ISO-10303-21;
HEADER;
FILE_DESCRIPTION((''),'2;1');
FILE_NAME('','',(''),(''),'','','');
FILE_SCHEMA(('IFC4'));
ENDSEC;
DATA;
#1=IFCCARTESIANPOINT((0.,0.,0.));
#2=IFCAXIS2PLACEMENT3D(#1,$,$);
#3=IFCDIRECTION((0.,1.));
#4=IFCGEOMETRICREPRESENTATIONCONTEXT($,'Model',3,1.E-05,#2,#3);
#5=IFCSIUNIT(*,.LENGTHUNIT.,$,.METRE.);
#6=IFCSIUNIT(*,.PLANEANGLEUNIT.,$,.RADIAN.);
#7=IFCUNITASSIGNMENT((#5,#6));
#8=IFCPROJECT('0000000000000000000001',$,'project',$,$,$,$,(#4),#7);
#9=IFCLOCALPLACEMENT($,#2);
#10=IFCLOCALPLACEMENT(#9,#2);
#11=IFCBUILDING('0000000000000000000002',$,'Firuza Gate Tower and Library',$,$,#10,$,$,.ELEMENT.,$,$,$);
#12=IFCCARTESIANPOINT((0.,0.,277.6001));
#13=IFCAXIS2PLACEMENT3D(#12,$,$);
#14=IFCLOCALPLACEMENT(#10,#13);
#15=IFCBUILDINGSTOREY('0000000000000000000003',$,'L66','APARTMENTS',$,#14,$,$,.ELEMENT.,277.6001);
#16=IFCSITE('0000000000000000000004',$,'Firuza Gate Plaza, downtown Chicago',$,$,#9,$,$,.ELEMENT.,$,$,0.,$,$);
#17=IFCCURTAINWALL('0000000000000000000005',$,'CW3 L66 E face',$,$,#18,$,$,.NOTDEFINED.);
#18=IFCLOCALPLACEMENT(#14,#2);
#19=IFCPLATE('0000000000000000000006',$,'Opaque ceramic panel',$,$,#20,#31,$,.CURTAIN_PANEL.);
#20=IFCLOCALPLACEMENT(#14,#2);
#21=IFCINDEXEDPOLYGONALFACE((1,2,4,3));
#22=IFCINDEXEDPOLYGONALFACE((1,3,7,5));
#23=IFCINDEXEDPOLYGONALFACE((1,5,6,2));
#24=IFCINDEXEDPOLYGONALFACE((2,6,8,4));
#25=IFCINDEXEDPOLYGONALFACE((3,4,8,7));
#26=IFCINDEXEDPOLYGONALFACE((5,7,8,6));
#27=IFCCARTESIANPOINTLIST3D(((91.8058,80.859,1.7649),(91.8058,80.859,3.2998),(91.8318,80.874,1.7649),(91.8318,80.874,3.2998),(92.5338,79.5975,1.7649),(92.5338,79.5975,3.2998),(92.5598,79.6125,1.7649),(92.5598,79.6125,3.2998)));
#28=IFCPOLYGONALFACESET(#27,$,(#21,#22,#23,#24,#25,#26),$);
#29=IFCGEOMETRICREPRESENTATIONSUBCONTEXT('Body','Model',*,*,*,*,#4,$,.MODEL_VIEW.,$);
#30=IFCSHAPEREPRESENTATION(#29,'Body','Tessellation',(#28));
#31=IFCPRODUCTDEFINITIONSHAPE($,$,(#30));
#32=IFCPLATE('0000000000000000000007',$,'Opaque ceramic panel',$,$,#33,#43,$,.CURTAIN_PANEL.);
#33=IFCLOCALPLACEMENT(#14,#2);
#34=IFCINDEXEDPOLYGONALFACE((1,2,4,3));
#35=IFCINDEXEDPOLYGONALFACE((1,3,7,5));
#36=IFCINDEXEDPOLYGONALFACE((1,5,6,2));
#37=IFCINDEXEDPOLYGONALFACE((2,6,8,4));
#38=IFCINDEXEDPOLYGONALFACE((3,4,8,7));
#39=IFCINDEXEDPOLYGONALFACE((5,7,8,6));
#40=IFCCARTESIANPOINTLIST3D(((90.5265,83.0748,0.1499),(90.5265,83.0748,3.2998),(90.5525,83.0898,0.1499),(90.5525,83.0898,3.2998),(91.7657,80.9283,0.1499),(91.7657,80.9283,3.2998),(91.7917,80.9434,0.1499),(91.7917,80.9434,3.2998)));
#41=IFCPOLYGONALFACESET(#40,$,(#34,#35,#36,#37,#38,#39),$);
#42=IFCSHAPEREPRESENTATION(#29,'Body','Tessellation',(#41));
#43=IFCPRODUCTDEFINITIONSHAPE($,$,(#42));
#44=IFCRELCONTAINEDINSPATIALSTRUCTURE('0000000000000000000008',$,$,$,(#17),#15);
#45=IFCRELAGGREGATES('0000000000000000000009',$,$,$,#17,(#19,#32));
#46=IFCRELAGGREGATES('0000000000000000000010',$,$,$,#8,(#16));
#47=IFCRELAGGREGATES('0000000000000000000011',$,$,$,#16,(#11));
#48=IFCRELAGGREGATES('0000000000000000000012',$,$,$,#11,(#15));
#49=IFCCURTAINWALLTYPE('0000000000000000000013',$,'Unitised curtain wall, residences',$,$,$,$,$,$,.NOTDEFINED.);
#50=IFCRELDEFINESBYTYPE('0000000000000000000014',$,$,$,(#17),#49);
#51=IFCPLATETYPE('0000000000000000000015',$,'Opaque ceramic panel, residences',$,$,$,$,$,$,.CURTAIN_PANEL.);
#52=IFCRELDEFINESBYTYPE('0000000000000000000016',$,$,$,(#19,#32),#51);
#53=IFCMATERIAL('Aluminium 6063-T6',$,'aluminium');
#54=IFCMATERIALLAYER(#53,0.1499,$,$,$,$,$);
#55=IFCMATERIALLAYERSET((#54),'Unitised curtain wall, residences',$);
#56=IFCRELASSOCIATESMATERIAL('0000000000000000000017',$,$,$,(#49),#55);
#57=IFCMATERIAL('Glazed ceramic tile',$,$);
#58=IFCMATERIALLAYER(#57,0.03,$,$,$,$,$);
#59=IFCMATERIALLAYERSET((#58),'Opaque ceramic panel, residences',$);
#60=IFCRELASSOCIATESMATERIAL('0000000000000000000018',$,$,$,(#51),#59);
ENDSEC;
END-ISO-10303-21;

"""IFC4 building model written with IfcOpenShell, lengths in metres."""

from ifc_helpers import new_model, si_unit, direction, frame, origin, place, context, subcontext, project, spatial, polyline, outline, extrude, material, layer, layer_set, type_object, element, aggregate, save


model = new_model("IFC4")

# Units and contexts
model_context = context("Model", 3, precision=1e-05, world=origin(), true_north=direction((0.0, 1.0)))
body_context = subcontext(model_context, "Body", "Model", "MODEL_VIEW")
ifc_project = project(units=[si_unit("LENGTHUNIT", "METRE"), si_unit("PLANEANGLEUNIT", "RADIAN")], contexts=[model_context])

# Site, building, storey
site_placement = place(None, origin())
site = spatial("IfcSite", under=ifc_project, at=site_placement, Name="Firuza Gate Plaza, downtown Chicago", CompositionType="ELEMENT", RefElevation=0.0)
building_placement = place(site_placement, origin())
building = spatial("IfcBuilding", under=site, at=building_placement, Name="Firuza Gate Tower and Library", CompositionType="ELEMENT")
storey_placement = place(building_placement, frame((0.0, 0.0, 277.6001)))
storey = spatial("IfcBuildingStorey", under=building, at=storey_placement, Name="L66", Description="APARTMENTS", CompositionType="ELEMENT", Elevation=277.6001)

# Curtain wall
ifc_material_1 = material(Name="Aluminium 6063-T6", Category="aluminium")
ifc_layer_1 = layer(ifc_material_1, 0.1499)
ifc_layer_set_1 = layer_set([ifc_layer_1], Name="Unitised curtain wall, residences")
curtain_wall_type = type_object("IfcCurtainWallType", Name="Unitised curtain wall, residences", PredefinedType="NOTDEFINED", material=ifc_layer_set_1)
curtain_wall_placement = place(storey_placement, origin())
curtain_wall = element("IfcCurtainWall", 1, at=curtain_wall_placement, inside=storey, type_object=curtain_wall_type, Name="CW3 L66 E face", PredefinedType="NOTDEFINED")

# Plates
ifc_material_2 = material(Name="Glazed ceramic tile")
ifc_layer_2 = layer(ifc_material_2, 0.03)
ifc_layer_set_2 = layer_set([ifc_layer_2], Name="Opaque ceramic panel, residences")
plate_type_1 = type_object("IfcPlateType", Name="Opaque ceramic panel, residences", PredefinedType="CURTAIN_PANEL", material=ifc_layer_set_2)
plate_1_placement = place(storey_placement, frame((92.5598, 79.6125, 1.7649), z_axis=(0.86611, 0.499853, 0.0), x_axis=(-0.499853, 0.86611, 0.0)))
plate_1 = element("IfcPlate", 2, at=plate_1_placement, type_object=plate_type_1, Name="Opaque ceramic panel", PredefinedType="CURTAIN_PANEL", context=body_context, shape_type="SweptSolid", body=[
    extrude(outline(polyline([(0.0, 0.0), (1.4565, 0.0), (1.4565, 1.5349), (0.0, 1.5349), (0.0, 0.0)])), origin(), (0.0, 0.0, -1.0), 0.03),
])
plate_2_placement = place(storey_placement, frame((91.7917, 80.9434, 0.1499), z_axis=(0.866028, 0.499995, 0.0), x_axis=(-0.499995, 0.866028, 0.0)))
plate_2 = element("IfcPlate", 3, at=plate_2_placement, type_object=plate_type_1, Name="Opaque ceramic panel", PredefinedType="CURTAIN_PANEL", context=body_context, shape_type="SweptSolid", body=[
    extrude(outline(polyline([(0.0, 0.0), (2.4785, 0.0), (2.4785, 3.1499), (0.0, 3.1499), (0.0, 0.0)])), origin(), (0.0, 0.0, -1.0), 0.03),
])
aggregate(curtain_wall, [plate_1, plate_2])

save(model, "model.ifc")
